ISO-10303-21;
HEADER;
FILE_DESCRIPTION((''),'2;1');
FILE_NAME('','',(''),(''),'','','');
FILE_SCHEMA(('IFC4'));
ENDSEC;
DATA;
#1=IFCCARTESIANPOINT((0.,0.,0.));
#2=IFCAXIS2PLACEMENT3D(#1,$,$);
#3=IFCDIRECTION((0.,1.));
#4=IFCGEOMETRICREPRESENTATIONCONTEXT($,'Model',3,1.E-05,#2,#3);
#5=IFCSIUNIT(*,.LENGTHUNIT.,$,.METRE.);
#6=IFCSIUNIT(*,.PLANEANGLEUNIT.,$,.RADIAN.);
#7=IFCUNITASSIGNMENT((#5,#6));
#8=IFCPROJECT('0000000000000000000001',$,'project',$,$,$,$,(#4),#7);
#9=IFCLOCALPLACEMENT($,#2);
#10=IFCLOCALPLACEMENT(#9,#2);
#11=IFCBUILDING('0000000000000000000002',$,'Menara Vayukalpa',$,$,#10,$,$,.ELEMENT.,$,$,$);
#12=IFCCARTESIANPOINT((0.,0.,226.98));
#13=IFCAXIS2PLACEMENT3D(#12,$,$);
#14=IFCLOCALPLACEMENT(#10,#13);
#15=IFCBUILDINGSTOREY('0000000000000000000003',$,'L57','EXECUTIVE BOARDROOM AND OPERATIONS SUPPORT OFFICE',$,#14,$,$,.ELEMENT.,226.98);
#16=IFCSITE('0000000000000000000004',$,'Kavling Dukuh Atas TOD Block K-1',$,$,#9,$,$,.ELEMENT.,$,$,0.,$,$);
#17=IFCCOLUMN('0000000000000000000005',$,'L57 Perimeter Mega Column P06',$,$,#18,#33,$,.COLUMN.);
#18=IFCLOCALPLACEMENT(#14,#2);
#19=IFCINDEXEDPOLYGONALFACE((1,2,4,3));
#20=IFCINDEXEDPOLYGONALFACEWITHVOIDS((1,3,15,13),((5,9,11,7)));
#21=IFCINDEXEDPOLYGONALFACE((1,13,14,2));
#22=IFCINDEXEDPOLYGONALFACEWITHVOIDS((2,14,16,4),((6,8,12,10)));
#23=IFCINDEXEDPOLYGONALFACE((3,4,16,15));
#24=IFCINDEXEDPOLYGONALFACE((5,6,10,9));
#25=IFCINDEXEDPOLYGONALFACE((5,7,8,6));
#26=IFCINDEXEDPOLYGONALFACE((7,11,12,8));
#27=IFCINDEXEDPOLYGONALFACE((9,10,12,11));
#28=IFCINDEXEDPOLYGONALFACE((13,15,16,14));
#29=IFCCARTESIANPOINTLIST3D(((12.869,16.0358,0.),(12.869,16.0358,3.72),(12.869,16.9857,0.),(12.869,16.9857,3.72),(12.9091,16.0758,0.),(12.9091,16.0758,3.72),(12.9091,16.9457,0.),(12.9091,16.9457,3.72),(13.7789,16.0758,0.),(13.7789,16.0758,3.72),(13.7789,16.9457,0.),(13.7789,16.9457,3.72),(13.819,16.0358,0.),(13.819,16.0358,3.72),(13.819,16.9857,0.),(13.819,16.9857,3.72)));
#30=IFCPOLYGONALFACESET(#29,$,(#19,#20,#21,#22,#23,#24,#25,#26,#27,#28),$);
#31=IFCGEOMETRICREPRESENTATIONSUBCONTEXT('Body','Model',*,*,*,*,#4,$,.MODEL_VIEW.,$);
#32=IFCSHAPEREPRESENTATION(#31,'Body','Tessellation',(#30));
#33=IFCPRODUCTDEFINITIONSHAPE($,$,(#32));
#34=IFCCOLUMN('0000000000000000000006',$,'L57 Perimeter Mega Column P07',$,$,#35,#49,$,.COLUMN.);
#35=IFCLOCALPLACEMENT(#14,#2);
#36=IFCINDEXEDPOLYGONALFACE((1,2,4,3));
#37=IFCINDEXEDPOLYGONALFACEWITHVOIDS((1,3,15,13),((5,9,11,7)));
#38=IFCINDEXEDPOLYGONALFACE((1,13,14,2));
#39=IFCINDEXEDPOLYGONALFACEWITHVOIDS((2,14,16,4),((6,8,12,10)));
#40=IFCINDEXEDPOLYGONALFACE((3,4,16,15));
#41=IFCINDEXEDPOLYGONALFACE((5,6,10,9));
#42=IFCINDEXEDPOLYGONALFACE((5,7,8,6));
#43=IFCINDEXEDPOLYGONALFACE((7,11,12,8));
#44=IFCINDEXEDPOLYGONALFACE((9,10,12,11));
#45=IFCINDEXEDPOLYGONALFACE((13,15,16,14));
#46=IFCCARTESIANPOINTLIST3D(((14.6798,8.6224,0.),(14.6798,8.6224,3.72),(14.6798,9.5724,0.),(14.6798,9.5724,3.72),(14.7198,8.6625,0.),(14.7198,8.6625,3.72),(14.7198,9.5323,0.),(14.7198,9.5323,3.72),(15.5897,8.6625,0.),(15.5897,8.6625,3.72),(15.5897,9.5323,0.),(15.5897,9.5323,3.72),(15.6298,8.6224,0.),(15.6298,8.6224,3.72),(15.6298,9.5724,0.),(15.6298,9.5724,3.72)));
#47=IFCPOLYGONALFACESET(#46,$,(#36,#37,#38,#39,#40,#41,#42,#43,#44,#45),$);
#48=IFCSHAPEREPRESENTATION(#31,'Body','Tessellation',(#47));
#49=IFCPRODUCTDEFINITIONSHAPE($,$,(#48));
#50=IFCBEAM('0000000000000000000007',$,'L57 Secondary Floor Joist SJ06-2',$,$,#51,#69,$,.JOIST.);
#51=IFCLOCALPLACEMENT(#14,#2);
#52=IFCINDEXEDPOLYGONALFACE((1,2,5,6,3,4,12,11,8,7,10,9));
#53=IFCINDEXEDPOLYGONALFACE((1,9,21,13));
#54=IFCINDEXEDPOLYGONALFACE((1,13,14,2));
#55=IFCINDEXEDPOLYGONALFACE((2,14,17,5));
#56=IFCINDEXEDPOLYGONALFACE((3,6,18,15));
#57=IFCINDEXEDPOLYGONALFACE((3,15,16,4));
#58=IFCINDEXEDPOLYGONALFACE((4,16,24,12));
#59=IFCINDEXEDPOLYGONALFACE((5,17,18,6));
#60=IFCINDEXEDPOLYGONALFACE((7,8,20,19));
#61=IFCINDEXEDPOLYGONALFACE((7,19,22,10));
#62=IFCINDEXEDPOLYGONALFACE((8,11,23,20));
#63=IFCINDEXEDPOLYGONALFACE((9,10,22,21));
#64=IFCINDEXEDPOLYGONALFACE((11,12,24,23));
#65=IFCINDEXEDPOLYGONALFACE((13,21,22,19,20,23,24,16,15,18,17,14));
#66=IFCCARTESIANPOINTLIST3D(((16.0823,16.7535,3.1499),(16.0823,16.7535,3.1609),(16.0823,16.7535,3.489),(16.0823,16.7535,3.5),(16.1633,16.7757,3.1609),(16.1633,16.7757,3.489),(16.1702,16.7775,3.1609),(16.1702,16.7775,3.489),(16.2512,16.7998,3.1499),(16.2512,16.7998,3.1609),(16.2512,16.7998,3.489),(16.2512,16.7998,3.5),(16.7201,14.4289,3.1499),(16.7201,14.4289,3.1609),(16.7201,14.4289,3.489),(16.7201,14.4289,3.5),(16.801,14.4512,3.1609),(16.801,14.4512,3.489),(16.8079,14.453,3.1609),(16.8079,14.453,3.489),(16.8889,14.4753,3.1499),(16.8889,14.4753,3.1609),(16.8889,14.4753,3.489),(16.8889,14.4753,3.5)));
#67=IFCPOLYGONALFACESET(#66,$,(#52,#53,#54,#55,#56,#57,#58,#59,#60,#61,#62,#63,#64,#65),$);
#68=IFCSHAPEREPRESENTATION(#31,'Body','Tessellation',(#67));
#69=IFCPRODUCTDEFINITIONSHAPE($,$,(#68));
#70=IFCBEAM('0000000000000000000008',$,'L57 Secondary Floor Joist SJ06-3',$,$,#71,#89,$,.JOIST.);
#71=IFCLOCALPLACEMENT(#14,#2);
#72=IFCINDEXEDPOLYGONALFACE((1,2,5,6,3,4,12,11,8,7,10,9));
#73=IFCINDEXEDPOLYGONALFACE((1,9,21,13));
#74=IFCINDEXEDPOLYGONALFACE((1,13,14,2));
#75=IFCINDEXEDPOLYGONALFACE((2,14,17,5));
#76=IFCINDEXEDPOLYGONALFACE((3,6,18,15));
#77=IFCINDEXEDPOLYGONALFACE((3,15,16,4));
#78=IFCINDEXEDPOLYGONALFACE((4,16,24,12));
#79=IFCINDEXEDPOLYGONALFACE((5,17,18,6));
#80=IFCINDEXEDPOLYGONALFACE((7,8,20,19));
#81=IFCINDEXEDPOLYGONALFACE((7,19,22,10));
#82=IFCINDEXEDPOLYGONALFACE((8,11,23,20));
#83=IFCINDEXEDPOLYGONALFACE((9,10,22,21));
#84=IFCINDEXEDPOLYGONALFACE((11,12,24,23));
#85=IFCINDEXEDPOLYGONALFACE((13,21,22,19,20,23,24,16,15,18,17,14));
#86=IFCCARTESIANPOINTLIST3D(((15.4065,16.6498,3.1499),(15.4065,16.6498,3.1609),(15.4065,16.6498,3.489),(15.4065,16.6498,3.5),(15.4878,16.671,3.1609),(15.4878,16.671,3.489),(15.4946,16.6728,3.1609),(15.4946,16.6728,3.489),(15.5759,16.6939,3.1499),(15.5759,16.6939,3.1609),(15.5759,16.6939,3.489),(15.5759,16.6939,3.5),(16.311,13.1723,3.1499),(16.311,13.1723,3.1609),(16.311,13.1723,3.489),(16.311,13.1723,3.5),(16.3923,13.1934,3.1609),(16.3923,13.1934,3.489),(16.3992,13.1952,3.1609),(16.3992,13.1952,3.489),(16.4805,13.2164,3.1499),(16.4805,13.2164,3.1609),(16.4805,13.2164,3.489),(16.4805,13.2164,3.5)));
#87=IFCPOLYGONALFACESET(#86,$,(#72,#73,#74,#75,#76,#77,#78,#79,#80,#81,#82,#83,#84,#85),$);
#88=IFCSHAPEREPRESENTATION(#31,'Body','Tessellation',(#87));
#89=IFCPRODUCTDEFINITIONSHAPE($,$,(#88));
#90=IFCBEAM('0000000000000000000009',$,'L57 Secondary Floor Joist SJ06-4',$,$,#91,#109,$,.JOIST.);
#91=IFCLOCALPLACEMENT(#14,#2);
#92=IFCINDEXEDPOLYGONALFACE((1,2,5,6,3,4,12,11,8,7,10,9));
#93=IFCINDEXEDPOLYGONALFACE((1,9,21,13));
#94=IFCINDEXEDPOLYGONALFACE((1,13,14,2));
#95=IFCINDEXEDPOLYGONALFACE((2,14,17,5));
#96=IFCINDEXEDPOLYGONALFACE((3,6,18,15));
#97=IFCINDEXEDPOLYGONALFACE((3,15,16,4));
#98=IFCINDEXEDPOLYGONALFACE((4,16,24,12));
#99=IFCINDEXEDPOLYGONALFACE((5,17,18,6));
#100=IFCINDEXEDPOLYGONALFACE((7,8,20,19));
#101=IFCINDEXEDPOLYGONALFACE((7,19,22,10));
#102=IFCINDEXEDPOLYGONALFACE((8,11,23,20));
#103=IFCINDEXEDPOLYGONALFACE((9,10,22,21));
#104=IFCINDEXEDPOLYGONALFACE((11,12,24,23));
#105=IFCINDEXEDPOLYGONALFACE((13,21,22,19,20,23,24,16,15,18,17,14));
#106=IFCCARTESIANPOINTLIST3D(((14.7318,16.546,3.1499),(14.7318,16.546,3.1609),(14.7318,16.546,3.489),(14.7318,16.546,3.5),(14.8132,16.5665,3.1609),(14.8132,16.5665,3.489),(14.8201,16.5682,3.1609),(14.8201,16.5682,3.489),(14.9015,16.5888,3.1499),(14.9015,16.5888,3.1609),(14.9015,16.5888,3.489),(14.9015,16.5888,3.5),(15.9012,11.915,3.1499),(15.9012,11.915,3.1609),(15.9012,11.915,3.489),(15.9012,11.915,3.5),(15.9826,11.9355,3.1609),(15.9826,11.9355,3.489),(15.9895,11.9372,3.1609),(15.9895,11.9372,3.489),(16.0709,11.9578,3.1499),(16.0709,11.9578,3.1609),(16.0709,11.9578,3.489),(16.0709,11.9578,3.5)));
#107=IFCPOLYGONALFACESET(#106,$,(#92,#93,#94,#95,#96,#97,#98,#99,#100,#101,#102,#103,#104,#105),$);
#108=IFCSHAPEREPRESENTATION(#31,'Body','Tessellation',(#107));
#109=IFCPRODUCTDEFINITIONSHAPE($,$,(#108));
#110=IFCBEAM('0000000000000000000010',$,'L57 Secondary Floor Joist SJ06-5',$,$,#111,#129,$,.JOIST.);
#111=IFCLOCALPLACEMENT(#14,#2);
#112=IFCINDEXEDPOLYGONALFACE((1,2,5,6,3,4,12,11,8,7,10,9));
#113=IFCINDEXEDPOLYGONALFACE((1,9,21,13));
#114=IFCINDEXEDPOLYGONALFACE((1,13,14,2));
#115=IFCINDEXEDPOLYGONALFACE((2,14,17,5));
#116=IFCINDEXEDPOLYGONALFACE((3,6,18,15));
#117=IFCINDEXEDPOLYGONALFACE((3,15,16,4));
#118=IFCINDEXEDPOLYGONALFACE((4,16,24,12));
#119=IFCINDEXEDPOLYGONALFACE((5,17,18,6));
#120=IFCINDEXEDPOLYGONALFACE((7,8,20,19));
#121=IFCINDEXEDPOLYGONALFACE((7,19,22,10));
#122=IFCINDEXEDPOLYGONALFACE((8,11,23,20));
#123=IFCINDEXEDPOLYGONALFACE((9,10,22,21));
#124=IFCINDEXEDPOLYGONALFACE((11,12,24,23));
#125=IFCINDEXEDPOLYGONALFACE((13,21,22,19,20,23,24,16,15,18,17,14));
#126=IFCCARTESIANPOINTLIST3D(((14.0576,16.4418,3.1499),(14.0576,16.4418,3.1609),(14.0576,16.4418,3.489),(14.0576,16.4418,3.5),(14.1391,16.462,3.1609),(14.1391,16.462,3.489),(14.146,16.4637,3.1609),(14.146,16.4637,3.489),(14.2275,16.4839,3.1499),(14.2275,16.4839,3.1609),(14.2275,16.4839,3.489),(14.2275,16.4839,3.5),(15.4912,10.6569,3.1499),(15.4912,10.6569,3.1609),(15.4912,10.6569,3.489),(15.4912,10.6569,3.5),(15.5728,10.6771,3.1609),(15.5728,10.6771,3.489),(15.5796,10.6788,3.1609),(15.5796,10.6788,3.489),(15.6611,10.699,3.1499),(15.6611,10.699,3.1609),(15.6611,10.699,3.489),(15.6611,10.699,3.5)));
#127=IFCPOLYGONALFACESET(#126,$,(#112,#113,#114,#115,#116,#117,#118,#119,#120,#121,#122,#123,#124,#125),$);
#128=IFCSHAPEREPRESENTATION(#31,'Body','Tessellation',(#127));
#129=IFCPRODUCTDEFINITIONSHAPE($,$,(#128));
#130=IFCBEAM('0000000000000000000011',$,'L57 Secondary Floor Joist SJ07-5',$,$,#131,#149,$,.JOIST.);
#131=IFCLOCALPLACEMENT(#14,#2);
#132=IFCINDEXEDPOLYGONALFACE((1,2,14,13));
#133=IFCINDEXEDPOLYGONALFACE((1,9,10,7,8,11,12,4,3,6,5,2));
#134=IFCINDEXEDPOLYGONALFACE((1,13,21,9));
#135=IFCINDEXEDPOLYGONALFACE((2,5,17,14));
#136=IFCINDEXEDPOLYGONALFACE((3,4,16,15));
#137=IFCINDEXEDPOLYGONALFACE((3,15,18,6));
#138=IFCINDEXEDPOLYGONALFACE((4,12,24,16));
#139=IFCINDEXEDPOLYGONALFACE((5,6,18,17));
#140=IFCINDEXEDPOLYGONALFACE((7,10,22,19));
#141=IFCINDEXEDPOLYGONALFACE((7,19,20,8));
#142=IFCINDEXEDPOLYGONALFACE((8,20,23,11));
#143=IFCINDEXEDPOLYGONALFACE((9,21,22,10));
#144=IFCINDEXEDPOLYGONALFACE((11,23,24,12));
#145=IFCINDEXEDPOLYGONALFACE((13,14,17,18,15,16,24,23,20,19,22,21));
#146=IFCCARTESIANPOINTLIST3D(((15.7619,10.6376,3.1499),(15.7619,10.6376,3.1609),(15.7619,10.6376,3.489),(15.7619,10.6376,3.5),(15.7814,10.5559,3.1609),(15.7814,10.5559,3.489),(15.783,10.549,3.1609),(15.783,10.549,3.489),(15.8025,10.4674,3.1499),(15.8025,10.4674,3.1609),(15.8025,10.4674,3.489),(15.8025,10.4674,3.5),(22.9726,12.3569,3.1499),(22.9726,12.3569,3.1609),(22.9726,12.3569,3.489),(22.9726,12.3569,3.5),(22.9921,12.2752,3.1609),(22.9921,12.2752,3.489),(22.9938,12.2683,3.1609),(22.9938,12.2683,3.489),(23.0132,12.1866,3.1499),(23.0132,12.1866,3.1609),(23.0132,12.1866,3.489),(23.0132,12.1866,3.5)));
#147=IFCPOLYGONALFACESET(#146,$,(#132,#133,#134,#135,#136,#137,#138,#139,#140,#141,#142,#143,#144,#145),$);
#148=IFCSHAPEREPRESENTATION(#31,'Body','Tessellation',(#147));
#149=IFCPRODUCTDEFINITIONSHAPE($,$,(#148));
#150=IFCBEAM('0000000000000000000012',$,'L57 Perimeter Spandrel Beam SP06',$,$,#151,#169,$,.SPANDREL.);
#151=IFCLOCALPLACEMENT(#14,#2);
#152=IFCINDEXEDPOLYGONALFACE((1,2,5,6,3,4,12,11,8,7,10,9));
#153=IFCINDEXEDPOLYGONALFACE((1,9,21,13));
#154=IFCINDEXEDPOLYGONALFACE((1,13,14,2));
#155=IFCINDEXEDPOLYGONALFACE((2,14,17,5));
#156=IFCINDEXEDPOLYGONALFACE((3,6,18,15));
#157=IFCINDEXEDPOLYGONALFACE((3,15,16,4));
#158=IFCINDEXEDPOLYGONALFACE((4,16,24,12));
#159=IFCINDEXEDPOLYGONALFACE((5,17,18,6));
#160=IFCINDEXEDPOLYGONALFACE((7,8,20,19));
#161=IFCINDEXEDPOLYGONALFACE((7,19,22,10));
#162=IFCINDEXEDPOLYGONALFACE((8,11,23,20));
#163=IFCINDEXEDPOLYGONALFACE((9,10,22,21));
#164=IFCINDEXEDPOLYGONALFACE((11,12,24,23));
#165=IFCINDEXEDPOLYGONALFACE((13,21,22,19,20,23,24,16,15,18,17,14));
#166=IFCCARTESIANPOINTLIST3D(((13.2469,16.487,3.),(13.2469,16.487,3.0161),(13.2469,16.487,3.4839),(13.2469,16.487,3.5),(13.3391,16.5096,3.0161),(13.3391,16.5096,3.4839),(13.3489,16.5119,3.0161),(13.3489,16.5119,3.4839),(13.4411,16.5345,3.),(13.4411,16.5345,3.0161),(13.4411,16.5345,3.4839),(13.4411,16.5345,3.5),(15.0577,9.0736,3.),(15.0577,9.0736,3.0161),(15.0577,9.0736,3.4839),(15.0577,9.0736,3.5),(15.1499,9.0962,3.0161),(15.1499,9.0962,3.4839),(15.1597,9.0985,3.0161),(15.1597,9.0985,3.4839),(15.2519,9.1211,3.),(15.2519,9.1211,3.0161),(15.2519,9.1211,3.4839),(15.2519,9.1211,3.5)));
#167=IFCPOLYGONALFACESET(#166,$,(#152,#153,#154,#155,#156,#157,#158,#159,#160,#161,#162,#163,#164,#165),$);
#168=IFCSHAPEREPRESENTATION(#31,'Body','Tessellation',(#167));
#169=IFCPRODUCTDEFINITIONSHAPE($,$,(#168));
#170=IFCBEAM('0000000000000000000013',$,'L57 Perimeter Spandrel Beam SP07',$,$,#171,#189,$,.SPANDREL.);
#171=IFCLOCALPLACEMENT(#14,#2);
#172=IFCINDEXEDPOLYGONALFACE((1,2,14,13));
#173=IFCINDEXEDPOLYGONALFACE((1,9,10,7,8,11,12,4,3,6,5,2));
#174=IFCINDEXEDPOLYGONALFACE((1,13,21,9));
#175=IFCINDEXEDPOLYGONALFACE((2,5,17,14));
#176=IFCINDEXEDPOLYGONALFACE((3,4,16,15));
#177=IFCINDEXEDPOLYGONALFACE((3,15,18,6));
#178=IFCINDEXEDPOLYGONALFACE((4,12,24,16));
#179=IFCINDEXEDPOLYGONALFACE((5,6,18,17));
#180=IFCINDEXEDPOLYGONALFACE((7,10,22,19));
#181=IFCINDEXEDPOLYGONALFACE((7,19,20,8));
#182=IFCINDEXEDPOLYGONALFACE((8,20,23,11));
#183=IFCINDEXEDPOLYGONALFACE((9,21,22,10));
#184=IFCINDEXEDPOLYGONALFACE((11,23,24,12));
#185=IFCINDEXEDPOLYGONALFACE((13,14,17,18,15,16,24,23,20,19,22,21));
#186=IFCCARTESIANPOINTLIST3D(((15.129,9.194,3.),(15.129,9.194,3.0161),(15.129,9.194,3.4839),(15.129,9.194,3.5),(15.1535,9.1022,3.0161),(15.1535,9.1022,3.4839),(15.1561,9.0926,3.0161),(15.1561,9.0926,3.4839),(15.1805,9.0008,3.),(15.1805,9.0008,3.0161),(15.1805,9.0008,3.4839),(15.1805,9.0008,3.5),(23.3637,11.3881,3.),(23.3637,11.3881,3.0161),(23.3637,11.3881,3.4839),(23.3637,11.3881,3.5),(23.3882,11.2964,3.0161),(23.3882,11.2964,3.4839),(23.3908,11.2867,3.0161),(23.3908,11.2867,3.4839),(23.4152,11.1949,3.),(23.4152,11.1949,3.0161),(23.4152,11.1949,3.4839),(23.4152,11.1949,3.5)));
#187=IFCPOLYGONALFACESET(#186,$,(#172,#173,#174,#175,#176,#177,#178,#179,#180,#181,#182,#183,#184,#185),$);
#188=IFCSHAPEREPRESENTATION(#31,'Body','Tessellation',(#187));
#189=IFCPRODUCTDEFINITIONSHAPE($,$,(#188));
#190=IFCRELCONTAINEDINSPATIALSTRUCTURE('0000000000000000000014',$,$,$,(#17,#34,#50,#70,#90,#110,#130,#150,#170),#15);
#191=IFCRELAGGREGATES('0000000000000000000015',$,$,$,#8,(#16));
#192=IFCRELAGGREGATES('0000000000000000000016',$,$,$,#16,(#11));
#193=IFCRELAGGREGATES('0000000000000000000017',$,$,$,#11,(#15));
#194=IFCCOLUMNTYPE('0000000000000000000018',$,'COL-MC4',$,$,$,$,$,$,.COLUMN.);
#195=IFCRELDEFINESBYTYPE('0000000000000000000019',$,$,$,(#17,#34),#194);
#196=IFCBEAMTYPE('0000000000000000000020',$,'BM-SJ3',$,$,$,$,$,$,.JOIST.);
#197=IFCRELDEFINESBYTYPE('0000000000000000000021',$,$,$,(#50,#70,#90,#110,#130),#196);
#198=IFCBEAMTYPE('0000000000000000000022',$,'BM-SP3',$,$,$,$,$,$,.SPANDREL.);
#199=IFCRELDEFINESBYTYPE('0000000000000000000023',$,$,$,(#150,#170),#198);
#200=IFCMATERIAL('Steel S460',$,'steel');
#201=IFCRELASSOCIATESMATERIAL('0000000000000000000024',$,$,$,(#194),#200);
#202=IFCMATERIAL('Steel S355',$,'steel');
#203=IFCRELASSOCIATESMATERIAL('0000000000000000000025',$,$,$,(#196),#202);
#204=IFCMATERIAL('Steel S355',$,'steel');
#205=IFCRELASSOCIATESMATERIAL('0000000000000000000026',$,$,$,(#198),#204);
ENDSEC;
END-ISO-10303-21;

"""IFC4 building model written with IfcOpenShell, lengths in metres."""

from ifc_helpers import new_model, si_unit, direction, frame, origin, origin_2d, place, context, subcontext, project, spatial, hollow_rectangle, i_section, extrude, material, material_profile, profile_set, type_object, element, save


model = new_model("IFC4")

# Units and contexts
model_context = context("Model", 3, precision=1e-05, world=origin(), true_north=direction((0.0, 1.0)))
body_context = subcontext(model_context, "Body", "Model", "MODEL_VIEW")
ifc_project = project(units=[si_unit("LENGTHUNIT", "METRE"), si_unit("PLANEANGLEUNIT", "RADIAN")], contexts=[model_context])

# Site, building, storey
site_placement = place(None, origin())
site = spatial("IfcSite", under=ifc_project, at=site_placement, Name="Kavling Dukuh Atas TOD Block K-1", CompositionType="ELEMENT", RefElevation=0.0)
building_placement = place(site_placement, origin())
building = spatial("IfcBuilding", under=site, at=building_placement, Name="Menara Vayukalpa", CompositionType="ELEMENT")
storey_placement = place(building_placement, frame((0.0, 0.0, 226.98)))
storey = spatial("IfcBuildingStorey", under=building, at=storey_placement, Name="L57", Description="EXECUTIVE BOARDROOM AND OPERATIONS SUPPORT OFFICE", CompositionType="ELEMENT", Elevation=226.98)

# Columns
ifc_material_1 = material(Name="Steel S460", Category="steel")
ifc_material_profile_1 = material_profile(ifc_material_1, hollow_rectangle(XDim=0.95, YDim=0.95, WallThickness=0.04, at=origin_2d()), Name="BOX 950x950x40")
ifc_profile_set_1 = profile_set([ifc_material_profile_1], Name="Steel S460")
column_type = type_object("IfcColumnType", Name="COL-MC4", PredefinedType="COLUMN", material=ifc_profile_set_1)
for number, where, z_axis, x_axis, name in (
    (1, (13.344, 16.5107, 0.0), (0.0, 0.0, 1.0), (1.0, 0.0, 0.0), "L57 Perimeter Mega Column P06"),
    (2, (15.1548, 9.0974, 0.0), (0.0, 0.0, 1.0), (1.0, 0.0, 0.0), "L57 Perimeter Mega Column P07"),
):
    element("IfcColumn", number, at=place(storey_placement, frame(where, z_axis=z_axis, x_axis=x_axis)), inside=storey, type_object=column_type, Name=name, PredefinedType="COLUMN", context=body_context, shape_type="SweptSolid", body=[
        extrude(hollow_rectangle(XDim=0.95, YDim=0.95, WallThickness=0.04, at=origin_2d()), origin(), (0.0, 0.0, 1.0), 3.72),
    ])

# Beams
ifc_material_2 = material(Name="Steel S355", Category="steel")
ifc_material_profile_2 = material_profile(ifc_material_2, i_section(OverallWidth=0.175, OverallDepth=0.3501, WebThickness=0.0071, FlangeThickness=0.011, at=origin_2d()), Name="WF 350x175x7x11")
ifc_profile_set_2 = profile_set([ifc_material_profile_2], Name="Steel S355")
beam_type_1 = type_object("IfcBeamType", Name="BM-SJ3", PredefinedType="JOIST", material=ifc_profile_set_2)
beam_1_placement = place(storey_placement, frame((16.1667, 16.7766, 3.325), z_axis=(0.264566, -0.964368, 0.0), x_axis=(0.964368, 0.264566, 0.0)))
element("IfcBeam", 3, at=beam_1_placement, inside=storey, type_object=beam_type_1, Name="L57 Secondary Floor Joist SJ06-2", PredefinedType="JOIST", context=body_context, shape_type="SweptSolid", body=[
    extrude(i_section(OverallWidth=0.175, OverallDepth=0.3501, WebThickness=0.0071, FlangeThickness=0.011, at=origin_2d()), origin(), (0.0, 0.0, 1.0), 2.4104),
])
beam_2_placement = place(storey_placement, frame((15.4912, 16.6719, 3.325), z_axis=(0.251733, -0.967797, 0.0), x_axis=(0.967797, 0.251733, 0.0)))
element("IfcBeam", 4, at=beam_2_placement, inside=storey, type_object=beam_type_1, Name="L57 Secondary Floor Joist SJ06-3", PredefinedType="JOIST", context=body_context, shape_type="SweptSolid", body=[
    extrude(i_section(OverallWidth=0.175, OverallDepth=0.3501, WebThickness=0.0071, FlangeThickness=0.011, at=origin_2d()), origin(), (0.0, 0.0, 1.0), 3.5933),
])
beam_3_placement = place(storey_placement, frame((14.8167, 16.5674, 3.325), z_axis=(0.244832, -0.969566, 0.0), x_axis=(0.969566, 0.244832, 0.0)))
element("IfcBeam", 5, at=beam_3_placement, inside=storey, type_object=beam_type_1, Name="L57 Secondary Floor Joist SJ06-4", PredefinedType="JOIST", context=body_context, shape_type="SweptSolid", body=[
    extrude(i_section(OverallWidth=0.175, OverallDepth=0.3501, WebThickness=0.0071, FlangeThickness=0.011, at=origin_2d()), origin(), (0.0, 0.0, 1.0), 4.7764),
])
beam_4_placement = place(storey_placement, frame((14.1426, 16.4629, 3.325), z_axis=(0.24054, -0.970639, 0.0), x_axis=(0.970639, 0.24054, 0.0)))
element("IfcBeam", 6, at=beam_4_placement, inside=storey, type_object=beam_type_1, Name="L57 Secondary Floor Joist SJ06-5", PredefinedType="JOIST", context=body_context, shape_type="SweptSolid", body=[
    extrude(i_section(OverallWidth=0.175, OverallDepth=0.3501, WebThickness=0.0071, FlangeThickness=0.011, at=origin_2d()), origin(), (0.0, 0.0, 1.0), 5.96),
])
beam_5_placement = place(storey_placement, frame((15.7822, 10.5525, 3.325), z_axis=(0.972733, 0.231928, 0.0), x_axis=(-0.231928, 0.972733, 0.0)))
element("IfcBeam", 7, at=beam_5_placement, inside=storey, type_object=beam_type_1, Name="L57 Secondary Floor Joist SJ07-5", PredefinedType="JOIST", context=body_context, shape_type="SweptSolid", body=[
    extrude(i_section(OverallWidth=0.175, OverallDepth=0.3501, WebThickness=0.0071, FlangeThickness=0.011, at=origin_2d()), origin(), (0.0, 0.0, 1.0), 7.4128),
])
ifc_material_3 = material(Name="Steel S355", Category="steel")
ifc_material_profile_3 = material_profile(ifc_material_3, i_section(OverallWidth=0.2, OverallDepth=0.5, WebThickness=0.01, FlangeThickness=0.0161, at=origin_2d()), Name="WF 500x200x10x16")
ifc_profile_set_3 = profile_set([ifc_material_profile_3], Name="Steel S355")
beam_type_2 = type_object("IfcBeamType", Name="BM-SP3", PredefinedType="SPANDREL", material=ifc_profile_set_3)
beam_6_placement = place(storey_placement, frame((13.344, 16.5107, 3.25), z_axis=(0.237285, -0.97144, 0.0), x_axis=(0.97144, 0.237285, 0.0)))
element("IfcBeam", 8, at=beam_6_placement, inside=storey, type_object=beam_type_2, Name="L57 Perimeter Spandrel Beam SP06", PredefinedType="SPANDREL", context=body_context, shape_type="SweptSolid", body=[
    extrude(i_section(OverallWidth=0.2, OverallDepth=0.5, WebThickness=0.01, FlangeThickness=0.0161, at=origin_2d()), origin(), (0.0, 0.0, 1.0), 7.6313),
])
beam_7_placement = place(storey_placement, frame((15.1548, 9.0974, 3.25), z_axis=(0.966288, 0.257465, 0.0), x_axis=(-0.257465, 0.966288, 0.0)))
element("IfcBeam", 9, at=beam_7_placement, inside=storey, type_object=beam_type_2, Name="L57 Perimeter Spandrel Beam SP07", PredefinedType="SPANDREL", context=body_context, shape_type="SweptSolid", body=[
    extrude(i_section(OverallWidth=0.2, OverallDepth=0.5, WebThickness=0.01, FlangeThickness=0.0161, at=origin_2d()), origin(), (0.0, 0.0, 1.0), 8.522),
])

save(model, "model.ifc")
